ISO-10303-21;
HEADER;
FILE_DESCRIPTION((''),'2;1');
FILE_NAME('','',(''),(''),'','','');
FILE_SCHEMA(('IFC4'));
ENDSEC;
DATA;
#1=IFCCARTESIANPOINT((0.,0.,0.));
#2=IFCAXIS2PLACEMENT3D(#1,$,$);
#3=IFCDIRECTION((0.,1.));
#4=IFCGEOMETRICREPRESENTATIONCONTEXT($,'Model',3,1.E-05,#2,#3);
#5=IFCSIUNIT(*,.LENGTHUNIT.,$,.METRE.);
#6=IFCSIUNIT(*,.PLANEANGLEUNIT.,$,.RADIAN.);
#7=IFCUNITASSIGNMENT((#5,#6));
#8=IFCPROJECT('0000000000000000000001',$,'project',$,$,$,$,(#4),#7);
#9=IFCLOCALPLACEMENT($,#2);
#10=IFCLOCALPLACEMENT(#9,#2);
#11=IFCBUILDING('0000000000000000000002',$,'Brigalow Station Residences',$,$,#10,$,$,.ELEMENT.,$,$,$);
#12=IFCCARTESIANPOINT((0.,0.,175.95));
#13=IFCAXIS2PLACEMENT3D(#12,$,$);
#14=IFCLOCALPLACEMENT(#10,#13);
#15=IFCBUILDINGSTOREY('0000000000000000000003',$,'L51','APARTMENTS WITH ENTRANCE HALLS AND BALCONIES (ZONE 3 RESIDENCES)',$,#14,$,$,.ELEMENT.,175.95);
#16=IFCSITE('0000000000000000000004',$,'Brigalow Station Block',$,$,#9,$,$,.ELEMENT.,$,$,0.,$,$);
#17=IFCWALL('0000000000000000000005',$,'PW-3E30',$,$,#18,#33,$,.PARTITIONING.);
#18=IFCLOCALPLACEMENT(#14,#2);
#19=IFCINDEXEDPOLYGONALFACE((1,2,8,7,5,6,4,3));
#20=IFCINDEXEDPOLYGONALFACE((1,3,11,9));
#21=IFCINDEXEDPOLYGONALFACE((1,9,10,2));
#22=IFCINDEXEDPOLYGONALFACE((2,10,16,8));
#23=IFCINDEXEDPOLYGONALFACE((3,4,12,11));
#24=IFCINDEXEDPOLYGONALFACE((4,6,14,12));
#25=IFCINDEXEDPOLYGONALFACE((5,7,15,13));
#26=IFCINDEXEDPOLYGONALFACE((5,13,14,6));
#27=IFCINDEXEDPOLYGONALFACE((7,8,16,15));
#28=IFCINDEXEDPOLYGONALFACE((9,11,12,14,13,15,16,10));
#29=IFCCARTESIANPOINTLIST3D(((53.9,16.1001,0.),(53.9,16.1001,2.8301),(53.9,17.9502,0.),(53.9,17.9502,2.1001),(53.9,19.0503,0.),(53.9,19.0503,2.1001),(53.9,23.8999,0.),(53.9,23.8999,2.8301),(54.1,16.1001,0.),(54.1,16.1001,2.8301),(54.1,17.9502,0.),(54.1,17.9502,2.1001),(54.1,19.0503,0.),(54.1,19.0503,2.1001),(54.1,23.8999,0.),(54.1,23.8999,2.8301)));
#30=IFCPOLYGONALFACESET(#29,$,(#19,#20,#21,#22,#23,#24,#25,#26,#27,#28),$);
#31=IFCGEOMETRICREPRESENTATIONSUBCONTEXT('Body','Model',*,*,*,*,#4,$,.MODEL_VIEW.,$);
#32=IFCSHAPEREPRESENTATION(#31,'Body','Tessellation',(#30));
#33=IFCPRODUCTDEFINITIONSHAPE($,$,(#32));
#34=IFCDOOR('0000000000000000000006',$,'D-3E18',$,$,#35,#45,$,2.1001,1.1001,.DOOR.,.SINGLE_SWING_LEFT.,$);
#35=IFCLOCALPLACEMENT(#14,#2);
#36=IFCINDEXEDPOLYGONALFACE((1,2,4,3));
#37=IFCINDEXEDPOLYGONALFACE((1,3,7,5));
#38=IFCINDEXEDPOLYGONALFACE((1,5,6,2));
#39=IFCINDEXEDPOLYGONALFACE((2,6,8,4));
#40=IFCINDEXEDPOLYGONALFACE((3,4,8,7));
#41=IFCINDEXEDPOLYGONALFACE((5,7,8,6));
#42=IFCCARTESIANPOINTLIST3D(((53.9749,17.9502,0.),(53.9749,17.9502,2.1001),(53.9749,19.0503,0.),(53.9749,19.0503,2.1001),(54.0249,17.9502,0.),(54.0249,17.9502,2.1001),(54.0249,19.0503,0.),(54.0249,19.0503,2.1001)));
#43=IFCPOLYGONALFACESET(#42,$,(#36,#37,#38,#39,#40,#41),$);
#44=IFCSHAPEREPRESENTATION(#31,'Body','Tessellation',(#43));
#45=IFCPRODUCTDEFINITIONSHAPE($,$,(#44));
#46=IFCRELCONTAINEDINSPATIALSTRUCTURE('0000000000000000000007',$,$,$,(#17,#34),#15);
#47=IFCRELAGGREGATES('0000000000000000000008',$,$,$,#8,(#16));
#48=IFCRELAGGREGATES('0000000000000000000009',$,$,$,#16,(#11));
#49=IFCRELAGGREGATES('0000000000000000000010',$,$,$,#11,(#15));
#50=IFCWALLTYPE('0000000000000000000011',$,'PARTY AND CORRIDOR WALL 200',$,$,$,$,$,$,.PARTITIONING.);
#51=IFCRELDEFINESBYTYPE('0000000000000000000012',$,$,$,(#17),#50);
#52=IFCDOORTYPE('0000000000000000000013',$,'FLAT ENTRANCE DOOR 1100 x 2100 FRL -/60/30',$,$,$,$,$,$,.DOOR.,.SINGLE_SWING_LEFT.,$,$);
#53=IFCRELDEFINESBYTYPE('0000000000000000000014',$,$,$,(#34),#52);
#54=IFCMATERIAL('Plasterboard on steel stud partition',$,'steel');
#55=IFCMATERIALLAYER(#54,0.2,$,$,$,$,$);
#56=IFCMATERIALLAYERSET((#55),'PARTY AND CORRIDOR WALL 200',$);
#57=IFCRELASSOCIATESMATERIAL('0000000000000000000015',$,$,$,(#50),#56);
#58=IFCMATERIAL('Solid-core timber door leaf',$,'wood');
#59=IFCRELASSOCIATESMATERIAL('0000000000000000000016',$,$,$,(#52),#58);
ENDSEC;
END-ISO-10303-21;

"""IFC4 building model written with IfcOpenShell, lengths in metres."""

from ifc_helpers import new_model, si_unit, direction, frame, frame_2d, origin, place, context, subcontext, project, spatial, rectangle, extrude, material, layer, layer_set, type_object, element, fill, save


model = new_model("IFC4")

# Units and contexts
model_context = context("Model", 3, precision=1e-05, world=origin(), true_north=direction((0.0, 1.0)))
body_context = subcontext(model_context, "Body", "Model", "MODEL_VIEW")
ifc_project = project(units=[si_unit("LENGTHUNIT", "METRE"), si_unit("PLANEANGLEUNIT", "RADIAN")], contexts=[model_context])

# Site, building, storey
site_placement = place(None, origin())
site = spatial("IfcSite", under=ifc_project, at=site_placement, Name="Brigalow Station Block", CompositionType="ELEMENT", RefElevation=0.0)
building_placement = place(site_placement, origin())
building = spatial("IfcBuilding", under=site, at=building_placement, Name="Brigalow Station Residences", CompositionType="ELEMENT")
storey_placement = place(building_placement, frame((0.0, 0.0, 175.95)))
storey = spatial("IfcBuildingStorey", under=building, at=storey_placement, Name="L51", Description="APARTMENTS WITH ENTRANCE HALLS AND BALCONIES (ZONE 3 RESIDENCES)", CompositionType="ELEMENT", Elevation=175.95)

# Wall, opening, door
ifc_material_1 = material(Name="Plasterboard on steel stud partition", Category="steel")
ifc_layer_1 = layer(ifc_material_1, 0.2)
ifc_layer_set_1 = layer_set([ifc_layer_1], Name="PARTY AND CORRIDOR WALL 200")
wall_type_1 = type_object("IfcWallType", Name="PARTY AND CORRIDOR WALL 200", PredefinedType="PARTITIONING", material=ifc_layer_set_1)
wall_1_placement = place(storey_placement, frame((54.0, 16.1001, 0.0), z_axis=(0.0, 0.0, 1.0), x_axis=(0.0, 1.0, 0.0)))
wall_1 = element("IfcWall", 1, at=wall_1_placement, inside=storey, type_object=wall_type_1, Name="PW-3E30", PredefinedType="PARTITIONING", context=body_context, shape_type="SweptSolid", body=[
    extrude(rectangle(XDim=7.7998, YDim=0.2, at=frame_2d((3.8999, 0.0))), origin(), (0.0, 0.0, 1.0), 2.8301),
])
opening_1_placement = place(wall_1_placement, frame((1.8501, 0.0, 0.0)))
opening_1 = element("IfcOpeningElement", 2, at=opening_1_placement, cuts=wall_1, PredefinedType="OPENING", context=body_context, shape_type="SweptSolid", body=[
    extrude(rectangle(XDim=1.1001, YDim=2.1001, at=frame_2d((0.55, 1.05))), frame((0.0, 0.1099, 0.0), z_axis=(0.0, -1.0, 0.0), x_axis=(1.0, 0.0, 0.0)), (0.0, 0.0, 1.0), 0.22),
])
ifc_material_2 = material(Name="Solid-core timber door leaf", Category="wood")
door_type_1 = type_object("IfcDoorType", Name="FLAT ENTRANCE DOOR 1100 x 2100 FRL -/60/30", OperationType="SINGLE_SWING_LEFT", PredefinedType="DOOR", material=ifc_material_2)
door_1_placement = place(opening_1_placement, frame((1.1001, 0.0, 0.0), z_axis=(0.0, 0.0, 1.0), x_axis=(-1.0, 0.0, 0.0)))
door_1 = element("IfcDoor", 3, at=door_1_placement, inside=storey, type_object=door_type_1, Name="D-3E18", OperationType="SINGLE_SWING_LEFT", OverallHeight=2.1001, OverallWidth=1.1001, PredefinedType="DOOR", context=body_context, shape_type="SweptSolid", body=[
    extrude(rectangle(XDim=1.1001, YDim=2.1001, at=frame_2d((0.55, 1.05))), frame((0.0, 0.0249, 0.0), z_axis=(0.0, -1.0, 0.0), x_axis=(1.0, 0.0, 0.0)), (0.0, 0.0, 1.0), 0.05),
])
fill(opening_1, door_1)

save(model, "model.ifc")
